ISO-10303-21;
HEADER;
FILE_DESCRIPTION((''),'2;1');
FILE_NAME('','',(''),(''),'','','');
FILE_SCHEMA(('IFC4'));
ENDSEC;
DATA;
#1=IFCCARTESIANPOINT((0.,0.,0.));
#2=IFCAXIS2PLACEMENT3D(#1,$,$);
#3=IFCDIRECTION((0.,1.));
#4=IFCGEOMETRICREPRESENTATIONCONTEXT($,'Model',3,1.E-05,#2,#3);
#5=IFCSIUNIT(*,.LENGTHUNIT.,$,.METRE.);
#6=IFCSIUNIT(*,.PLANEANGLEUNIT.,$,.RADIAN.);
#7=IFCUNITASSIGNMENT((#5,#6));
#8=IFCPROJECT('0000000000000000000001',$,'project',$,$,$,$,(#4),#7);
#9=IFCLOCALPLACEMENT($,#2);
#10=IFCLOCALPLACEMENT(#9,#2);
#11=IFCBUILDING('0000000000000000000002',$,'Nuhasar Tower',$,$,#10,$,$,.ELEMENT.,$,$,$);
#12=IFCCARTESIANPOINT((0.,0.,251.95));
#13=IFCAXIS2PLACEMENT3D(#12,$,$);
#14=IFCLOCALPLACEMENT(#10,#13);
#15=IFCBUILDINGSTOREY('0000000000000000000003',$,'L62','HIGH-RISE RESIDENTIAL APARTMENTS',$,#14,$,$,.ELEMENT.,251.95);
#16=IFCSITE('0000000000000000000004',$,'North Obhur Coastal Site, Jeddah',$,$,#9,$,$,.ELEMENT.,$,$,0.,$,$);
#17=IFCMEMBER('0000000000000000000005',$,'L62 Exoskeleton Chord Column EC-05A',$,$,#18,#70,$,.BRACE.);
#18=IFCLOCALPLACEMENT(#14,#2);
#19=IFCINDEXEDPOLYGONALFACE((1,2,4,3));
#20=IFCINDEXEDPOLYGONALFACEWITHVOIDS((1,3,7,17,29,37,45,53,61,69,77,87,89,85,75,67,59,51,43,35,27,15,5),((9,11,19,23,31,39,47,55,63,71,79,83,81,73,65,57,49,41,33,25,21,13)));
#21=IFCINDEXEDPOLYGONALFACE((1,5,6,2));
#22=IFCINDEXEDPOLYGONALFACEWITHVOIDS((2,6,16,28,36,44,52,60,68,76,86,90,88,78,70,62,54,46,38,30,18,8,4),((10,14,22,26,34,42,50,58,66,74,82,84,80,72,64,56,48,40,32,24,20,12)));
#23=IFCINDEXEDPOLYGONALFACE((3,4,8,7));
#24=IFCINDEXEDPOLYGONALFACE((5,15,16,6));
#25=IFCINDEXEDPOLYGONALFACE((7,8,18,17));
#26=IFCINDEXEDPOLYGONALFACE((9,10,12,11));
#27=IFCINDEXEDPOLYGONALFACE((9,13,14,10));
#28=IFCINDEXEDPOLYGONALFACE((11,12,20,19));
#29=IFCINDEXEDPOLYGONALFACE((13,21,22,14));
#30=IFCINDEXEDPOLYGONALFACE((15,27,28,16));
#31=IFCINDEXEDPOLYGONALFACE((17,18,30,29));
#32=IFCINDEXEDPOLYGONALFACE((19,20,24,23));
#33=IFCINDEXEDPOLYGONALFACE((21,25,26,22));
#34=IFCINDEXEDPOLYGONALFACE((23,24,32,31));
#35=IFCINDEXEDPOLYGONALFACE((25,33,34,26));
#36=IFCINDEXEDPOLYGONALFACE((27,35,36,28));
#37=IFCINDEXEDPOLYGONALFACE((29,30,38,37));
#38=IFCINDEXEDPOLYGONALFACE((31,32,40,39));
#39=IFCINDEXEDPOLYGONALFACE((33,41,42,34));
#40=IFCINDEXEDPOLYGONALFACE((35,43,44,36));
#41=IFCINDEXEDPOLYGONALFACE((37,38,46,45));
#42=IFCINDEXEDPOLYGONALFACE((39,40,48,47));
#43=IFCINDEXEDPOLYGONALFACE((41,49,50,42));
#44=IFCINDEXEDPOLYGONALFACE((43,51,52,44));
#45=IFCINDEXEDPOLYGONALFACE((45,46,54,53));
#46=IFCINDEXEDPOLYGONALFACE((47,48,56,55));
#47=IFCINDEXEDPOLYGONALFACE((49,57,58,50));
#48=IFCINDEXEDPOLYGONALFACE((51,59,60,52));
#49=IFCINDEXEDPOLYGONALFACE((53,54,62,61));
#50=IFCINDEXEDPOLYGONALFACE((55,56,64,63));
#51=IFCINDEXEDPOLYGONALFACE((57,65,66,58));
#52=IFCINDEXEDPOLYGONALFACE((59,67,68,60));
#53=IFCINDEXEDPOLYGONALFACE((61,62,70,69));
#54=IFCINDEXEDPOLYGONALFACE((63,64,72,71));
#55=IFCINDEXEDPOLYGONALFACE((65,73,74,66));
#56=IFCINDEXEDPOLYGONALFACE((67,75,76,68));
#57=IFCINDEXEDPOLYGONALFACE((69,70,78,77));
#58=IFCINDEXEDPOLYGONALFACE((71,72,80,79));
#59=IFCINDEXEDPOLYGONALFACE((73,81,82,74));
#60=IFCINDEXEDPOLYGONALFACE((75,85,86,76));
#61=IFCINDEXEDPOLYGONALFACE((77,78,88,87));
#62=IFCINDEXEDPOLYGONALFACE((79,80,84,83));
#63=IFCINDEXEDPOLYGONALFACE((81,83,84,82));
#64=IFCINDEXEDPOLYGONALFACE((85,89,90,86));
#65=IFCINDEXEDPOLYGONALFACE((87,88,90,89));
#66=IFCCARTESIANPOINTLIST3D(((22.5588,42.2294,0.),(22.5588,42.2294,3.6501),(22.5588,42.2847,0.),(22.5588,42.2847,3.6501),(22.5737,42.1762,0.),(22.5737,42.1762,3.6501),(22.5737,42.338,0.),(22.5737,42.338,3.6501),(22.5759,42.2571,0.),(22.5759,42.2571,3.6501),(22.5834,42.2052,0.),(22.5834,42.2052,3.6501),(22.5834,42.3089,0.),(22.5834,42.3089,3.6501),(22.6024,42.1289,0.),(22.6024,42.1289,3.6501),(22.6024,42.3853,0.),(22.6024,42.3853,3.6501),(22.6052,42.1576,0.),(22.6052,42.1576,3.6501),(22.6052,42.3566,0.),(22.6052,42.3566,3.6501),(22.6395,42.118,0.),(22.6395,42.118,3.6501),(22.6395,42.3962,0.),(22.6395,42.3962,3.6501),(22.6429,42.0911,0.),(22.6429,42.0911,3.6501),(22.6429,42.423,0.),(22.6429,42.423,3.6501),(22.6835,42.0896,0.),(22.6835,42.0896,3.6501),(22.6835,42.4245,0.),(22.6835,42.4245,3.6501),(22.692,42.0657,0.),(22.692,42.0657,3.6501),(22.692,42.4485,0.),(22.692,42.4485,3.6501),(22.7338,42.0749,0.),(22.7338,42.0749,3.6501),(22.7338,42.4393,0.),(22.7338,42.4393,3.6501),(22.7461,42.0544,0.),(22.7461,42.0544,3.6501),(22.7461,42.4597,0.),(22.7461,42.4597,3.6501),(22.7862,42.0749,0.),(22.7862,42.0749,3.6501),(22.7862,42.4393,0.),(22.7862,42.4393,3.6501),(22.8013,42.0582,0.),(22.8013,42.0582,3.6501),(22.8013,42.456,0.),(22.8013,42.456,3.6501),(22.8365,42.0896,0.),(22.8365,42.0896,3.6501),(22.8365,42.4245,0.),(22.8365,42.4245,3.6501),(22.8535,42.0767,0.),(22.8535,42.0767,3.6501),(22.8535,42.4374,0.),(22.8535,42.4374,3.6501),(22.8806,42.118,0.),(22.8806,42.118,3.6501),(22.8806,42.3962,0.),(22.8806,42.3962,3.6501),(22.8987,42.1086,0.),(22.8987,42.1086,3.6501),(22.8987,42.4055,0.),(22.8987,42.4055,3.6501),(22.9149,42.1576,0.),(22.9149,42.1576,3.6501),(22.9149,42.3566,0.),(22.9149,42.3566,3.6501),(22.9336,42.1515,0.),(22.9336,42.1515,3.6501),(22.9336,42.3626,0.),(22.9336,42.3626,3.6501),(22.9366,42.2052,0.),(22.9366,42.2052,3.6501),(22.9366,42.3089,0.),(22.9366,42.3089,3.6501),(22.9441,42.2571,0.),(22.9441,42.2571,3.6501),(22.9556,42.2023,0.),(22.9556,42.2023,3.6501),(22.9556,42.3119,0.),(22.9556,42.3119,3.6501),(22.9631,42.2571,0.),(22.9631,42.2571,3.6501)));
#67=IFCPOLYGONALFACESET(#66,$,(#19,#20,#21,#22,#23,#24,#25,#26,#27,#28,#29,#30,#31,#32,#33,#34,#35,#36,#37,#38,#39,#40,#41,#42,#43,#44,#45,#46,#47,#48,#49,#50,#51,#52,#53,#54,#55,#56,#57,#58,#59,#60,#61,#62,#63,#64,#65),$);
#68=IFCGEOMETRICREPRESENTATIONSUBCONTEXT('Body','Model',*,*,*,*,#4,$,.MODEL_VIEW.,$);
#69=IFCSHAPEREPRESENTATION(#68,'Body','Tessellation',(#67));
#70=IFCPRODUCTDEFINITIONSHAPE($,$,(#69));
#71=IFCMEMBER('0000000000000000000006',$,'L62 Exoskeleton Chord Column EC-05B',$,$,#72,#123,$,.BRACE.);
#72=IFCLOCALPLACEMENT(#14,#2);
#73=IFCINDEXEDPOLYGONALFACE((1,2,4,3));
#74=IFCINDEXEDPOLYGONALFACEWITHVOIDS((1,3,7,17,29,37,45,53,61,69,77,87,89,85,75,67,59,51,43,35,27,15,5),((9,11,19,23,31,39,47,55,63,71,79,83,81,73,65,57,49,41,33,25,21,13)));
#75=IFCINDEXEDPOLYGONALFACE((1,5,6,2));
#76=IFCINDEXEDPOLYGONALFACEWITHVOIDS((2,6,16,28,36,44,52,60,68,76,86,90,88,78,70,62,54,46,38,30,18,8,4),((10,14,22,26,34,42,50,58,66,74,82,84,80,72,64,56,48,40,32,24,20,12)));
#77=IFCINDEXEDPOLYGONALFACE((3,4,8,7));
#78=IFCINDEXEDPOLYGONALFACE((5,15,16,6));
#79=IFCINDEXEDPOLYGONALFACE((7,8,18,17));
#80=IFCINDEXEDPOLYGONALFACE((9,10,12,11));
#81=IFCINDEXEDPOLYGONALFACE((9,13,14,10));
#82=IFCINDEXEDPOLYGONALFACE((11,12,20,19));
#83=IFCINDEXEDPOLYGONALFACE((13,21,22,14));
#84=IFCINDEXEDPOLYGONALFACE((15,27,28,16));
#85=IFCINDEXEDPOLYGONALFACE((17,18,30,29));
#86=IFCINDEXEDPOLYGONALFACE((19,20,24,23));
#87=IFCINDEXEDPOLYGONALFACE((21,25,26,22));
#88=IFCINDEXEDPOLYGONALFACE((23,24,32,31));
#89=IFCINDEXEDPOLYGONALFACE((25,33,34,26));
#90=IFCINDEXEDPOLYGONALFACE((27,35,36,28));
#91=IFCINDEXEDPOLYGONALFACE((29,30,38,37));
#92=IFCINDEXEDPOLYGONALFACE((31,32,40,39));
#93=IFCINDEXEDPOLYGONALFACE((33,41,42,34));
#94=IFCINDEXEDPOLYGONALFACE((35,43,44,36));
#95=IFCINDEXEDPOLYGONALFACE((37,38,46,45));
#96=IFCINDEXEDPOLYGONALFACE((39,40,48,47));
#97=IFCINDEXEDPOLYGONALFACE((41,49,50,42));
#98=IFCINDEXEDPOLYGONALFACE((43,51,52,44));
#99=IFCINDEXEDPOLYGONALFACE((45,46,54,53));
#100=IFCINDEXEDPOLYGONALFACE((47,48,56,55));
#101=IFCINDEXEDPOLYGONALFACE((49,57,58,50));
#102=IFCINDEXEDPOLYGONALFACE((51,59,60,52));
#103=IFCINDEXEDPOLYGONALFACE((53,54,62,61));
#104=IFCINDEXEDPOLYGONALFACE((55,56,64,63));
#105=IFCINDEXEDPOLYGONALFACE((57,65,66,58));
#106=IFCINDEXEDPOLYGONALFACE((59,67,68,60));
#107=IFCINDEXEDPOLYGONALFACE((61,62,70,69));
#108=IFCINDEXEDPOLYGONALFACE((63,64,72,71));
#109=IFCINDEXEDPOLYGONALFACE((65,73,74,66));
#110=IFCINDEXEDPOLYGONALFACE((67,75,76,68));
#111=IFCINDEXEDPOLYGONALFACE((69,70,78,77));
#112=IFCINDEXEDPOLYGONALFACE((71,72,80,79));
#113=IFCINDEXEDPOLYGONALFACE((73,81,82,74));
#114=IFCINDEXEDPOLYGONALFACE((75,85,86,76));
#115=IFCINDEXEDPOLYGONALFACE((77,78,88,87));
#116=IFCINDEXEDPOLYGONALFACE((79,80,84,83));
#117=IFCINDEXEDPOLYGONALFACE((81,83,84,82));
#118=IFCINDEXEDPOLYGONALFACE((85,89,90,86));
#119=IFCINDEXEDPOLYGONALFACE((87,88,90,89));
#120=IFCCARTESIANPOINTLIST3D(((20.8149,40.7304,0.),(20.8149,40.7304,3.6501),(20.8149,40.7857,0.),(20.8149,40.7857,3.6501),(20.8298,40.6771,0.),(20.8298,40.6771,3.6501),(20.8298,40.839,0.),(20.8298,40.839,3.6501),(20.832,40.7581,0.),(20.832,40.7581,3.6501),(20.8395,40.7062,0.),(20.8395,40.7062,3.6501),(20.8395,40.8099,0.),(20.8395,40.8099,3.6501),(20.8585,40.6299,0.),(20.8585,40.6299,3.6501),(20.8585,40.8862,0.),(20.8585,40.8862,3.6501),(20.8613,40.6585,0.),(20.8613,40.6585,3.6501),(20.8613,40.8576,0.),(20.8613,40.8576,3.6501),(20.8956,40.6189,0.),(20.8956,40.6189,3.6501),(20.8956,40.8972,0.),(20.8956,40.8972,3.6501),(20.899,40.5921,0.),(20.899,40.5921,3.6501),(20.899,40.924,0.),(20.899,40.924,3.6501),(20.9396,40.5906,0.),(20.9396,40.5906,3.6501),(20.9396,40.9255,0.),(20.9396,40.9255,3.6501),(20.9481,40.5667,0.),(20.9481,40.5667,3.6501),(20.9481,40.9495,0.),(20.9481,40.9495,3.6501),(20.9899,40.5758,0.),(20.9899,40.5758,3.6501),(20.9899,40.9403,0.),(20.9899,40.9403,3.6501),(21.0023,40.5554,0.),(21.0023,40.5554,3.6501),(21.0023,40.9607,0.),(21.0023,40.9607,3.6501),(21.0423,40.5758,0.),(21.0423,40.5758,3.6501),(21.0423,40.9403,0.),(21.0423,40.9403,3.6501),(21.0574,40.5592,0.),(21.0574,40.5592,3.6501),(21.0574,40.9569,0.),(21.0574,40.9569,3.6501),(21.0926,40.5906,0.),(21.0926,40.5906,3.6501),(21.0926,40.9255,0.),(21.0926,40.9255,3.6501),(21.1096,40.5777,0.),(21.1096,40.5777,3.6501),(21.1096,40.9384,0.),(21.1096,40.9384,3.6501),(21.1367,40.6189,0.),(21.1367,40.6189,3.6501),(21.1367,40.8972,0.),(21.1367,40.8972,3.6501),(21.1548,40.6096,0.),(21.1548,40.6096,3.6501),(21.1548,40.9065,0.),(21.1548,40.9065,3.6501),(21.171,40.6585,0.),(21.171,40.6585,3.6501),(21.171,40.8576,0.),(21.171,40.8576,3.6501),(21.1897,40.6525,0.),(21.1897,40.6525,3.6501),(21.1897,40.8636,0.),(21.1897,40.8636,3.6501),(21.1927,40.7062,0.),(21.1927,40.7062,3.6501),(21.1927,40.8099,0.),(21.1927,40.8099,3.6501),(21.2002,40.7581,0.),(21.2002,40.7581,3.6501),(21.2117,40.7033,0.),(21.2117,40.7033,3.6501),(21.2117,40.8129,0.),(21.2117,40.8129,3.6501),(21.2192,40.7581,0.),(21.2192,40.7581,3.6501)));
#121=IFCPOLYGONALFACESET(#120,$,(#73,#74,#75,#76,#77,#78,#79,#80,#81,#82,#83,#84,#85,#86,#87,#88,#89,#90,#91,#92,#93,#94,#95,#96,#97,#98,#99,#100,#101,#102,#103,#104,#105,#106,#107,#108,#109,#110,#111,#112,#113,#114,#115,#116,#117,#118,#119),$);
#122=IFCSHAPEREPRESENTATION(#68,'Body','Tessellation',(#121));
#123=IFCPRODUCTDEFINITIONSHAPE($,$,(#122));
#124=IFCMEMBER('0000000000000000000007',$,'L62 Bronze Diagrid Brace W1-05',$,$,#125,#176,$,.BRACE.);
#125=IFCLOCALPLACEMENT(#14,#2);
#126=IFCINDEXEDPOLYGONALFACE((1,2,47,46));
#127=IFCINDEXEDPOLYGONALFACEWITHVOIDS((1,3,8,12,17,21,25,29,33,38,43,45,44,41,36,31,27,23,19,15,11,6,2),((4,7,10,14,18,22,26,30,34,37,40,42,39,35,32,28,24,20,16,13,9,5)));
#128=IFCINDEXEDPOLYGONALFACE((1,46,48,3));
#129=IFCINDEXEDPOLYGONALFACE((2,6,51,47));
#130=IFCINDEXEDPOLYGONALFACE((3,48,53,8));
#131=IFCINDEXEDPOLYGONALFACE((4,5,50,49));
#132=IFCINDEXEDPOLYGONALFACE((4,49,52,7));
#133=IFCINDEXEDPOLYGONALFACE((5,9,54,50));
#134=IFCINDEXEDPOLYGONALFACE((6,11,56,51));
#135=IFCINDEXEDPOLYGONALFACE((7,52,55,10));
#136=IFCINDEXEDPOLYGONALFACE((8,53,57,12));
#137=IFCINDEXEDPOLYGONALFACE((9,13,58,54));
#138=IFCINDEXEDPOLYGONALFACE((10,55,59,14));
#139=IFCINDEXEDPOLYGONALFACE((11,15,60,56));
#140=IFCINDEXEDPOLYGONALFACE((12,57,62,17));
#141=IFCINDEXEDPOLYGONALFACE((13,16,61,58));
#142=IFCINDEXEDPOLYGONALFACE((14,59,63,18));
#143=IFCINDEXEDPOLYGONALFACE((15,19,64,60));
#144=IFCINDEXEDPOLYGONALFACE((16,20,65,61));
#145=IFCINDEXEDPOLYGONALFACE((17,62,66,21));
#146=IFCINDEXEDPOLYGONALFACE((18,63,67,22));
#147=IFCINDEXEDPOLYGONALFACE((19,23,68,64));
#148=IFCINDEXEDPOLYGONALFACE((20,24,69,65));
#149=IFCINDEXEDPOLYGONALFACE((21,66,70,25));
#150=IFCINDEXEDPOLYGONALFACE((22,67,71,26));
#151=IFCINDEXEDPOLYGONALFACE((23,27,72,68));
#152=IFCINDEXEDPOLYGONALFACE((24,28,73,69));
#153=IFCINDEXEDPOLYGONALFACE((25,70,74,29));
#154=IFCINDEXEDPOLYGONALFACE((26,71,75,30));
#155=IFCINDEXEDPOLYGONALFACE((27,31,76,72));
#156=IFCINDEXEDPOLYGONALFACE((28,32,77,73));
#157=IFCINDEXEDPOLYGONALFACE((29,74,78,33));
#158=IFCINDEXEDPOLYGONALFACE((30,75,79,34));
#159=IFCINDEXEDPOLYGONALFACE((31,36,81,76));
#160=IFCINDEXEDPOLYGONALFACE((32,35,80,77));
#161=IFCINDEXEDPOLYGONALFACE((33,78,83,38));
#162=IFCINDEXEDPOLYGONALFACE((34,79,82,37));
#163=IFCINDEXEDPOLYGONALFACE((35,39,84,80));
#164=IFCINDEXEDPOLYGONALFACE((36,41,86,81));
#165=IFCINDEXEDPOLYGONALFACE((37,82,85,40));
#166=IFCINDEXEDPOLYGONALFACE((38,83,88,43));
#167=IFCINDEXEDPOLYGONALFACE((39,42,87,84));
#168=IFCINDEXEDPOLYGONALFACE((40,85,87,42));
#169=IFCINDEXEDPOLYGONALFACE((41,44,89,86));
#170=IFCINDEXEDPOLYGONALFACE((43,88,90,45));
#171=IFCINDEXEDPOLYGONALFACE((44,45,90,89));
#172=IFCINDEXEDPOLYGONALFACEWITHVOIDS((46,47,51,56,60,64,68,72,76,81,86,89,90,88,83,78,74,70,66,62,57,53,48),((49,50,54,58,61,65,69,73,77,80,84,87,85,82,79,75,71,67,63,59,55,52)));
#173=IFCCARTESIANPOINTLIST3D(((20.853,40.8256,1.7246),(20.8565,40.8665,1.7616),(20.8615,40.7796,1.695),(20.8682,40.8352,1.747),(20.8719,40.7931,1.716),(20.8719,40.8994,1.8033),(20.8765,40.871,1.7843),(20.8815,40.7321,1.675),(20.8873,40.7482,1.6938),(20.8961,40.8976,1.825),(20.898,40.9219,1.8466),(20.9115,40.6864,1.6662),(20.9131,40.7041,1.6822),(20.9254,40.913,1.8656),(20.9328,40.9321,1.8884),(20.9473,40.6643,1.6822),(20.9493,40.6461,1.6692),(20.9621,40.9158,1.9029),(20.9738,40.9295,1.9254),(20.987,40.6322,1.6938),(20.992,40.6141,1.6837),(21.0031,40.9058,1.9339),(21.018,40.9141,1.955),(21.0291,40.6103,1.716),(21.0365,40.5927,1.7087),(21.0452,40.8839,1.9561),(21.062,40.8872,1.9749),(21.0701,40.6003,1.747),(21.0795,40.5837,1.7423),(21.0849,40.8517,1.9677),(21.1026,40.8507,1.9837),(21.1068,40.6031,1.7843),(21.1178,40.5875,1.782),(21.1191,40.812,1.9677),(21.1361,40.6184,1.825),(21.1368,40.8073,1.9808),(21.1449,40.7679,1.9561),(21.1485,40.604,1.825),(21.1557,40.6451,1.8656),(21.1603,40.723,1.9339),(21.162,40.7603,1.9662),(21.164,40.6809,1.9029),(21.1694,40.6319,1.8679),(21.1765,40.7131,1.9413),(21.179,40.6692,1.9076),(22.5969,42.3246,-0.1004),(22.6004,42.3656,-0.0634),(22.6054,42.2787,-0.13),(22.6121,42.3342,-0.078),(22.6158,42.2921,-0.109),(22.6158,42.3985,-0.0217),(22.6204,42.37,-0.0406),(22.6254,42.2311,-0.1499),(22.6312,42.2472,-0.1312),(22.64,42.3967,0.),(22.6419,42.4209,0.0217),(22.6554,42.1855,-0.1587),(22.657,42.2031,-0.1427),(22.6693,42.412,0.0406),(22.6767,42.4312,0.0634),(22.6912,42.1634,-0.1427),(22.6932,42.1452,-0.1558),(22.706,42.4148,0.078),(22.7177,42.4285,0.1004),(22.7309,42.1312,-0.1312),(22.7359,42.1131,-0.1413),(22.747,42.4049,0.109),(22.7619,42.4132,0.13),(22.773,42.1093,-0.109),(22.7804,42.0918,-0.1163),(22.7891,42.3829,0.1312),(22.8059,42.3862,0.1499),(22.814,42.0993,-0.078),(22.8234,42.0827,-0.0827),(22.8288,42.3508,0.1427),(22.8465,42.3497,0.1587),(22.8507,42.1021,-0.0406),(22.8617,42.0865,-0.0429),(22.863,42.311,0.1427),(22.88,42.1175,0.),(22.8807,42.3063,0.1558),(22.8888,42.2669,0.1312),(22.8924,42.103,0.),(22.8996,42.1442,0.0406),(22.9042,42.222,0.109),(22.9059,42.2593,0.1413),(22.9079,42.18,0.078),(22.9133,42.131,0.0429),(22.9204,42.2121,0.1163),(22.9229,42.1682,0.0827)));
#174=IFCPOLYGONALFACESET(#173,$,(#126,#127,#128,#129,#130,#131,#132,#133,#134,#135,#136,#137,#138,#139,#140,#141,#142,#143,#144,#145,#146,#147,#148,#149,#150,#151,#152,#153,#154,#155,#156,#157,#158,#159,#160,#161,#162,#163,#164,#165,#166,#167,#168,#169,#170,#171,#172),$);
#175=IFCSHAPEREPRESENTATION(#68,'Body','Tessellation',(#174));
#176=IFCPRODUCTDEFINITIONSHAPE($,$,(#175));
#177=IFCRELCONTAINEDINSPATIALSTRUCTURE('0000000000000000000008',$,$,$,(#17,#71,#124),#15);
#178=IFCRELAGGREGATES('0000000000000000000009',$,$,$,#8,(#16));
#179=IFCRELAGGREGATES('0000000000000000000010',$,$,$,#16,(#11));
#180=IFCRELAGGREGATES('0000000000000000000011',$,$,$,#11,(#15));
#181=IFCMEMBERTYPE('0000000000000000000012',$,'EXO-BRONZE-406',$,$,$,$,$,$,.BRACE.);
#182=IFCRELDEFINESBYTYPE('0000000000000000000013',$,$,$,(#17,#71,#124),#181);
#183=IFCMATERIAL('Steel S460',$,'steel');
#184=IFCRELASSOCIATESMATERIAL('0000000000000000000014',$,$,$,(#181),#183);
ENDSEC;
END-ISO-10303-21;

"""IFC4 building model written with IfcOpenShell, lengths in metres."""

from ifc_helpers import new_model, si_unit, direction, frame, origin, origin_2d, place, context, subcontext, project, spatial, hollow_circle, extrude, material, material_profile, profile_set, type_object, element, save


model = new_model("IFC4")

# Units and contexts
model_context = context("Model", 3, precision=1e-05, world=origin(), true_north=direction((0.0, 1.0)))
body_context = subcontext(model_context, "Body", "Model", "MODEL_VIEW")
ifc_project = project(units=[si_unit("LENGTHUNIT", "METRE"), si_unit("PLANEANGLEUNIT", "RADIAN")], contexts=[model_context])

# Site, building, storey
site_placement = place(None, origin())
site = spatial("IfcSite", under=ifc_project, at=site_placement, Name="North Obhur Coastal Site, Jeddah", CompositionType="ELEMENT", RefElevation=0.0)
building_placement = place(site_placement, origin())
building = spatial("IfcBuilding", under=site, at=building_placement, Name="Nuhasar Tower", CompositionType="ELEMENT")
storey_placement = place(building_placement, frame((0.0, 0.0, 251.95)))
storey = spatial("IfcBuildingStorey", under=building, at=storey_placement, Name="L62", Description="HIGH-RISE RESIDENTIAL APARTMENTS", CompositionType="ELEMENT", Elevation=251.95)

# Members
ifc_material_1 = material(Name="Steel S460", Category="steel")
ifc_material_profile_1 = material_profile(ifc_material_1, hollow_circle(Radius=0.2031, WallThickness=0.019, at=origin_2d()), Name="HSS406.4X19.1")
ifc_profile_set_1 = profile_set([ifc_material_profile_1], Name="Steel S460")
member_type_1 = type_object("IfcMemberType", Name="EXO-BRONZE-406", PredefinedType="BRACE", material=ifc_profile_set_1)
for number, where, z_axis, x_axis, name in (
    (1, (22.76, 42.2571, 0.0), (0.0, 0.0, 1.0), (1.0, 0.0, 0.0), "L62 Exoskeleton Chord Column EC-05A"),
    (2, (21.0161, 40.7581, 0.0), (0.0, 0.0, 1.0), (1.0, 0.0, 0.0), "L62 Exoskeleton Chord Column EC-05B"),
):
    element("IfcMember", number, at=place(storey_placement, frame(where, z_axis=z_axis, x_axis=x_axis)), inside=storey, type_object=member_type_1, Name=name, PredefinedType="BRACE", context=body_context, shape_type="SweptSolid", body=[
        extrude(hollow_circle(Radius=0.2031, WallThickness=0.019, at=origin_2d()), origin(), (0.0, 0.0, 1.0), 3.6501),
    ])
for number, where, z_axis, x_axis, name in (
    (3, (22.76, 42.2571, 0.0), (-0.594019, -0.510608, 0.621628), (0.651857, -0.758342, 0.0), "L62 Bronze Diagrid Brace W1-05"),
):
    element("IfcMember", number, at=place(storey_placement, frame(where, z_axis=z_axis, x_axis=x_axis)), inside=storey, type_object=member_type_1, Name=name, PredefinedType="BRACE", context=body_context, shape_type="SweptSolid", body=[
        extrude(hollow_circle(Radius=0.2031, WallThickness=0.019, at=origin_2d()), origin(), (0.0, 0.0, 1.0), 2.9358),
    ])

save(model, "model.ifc")
